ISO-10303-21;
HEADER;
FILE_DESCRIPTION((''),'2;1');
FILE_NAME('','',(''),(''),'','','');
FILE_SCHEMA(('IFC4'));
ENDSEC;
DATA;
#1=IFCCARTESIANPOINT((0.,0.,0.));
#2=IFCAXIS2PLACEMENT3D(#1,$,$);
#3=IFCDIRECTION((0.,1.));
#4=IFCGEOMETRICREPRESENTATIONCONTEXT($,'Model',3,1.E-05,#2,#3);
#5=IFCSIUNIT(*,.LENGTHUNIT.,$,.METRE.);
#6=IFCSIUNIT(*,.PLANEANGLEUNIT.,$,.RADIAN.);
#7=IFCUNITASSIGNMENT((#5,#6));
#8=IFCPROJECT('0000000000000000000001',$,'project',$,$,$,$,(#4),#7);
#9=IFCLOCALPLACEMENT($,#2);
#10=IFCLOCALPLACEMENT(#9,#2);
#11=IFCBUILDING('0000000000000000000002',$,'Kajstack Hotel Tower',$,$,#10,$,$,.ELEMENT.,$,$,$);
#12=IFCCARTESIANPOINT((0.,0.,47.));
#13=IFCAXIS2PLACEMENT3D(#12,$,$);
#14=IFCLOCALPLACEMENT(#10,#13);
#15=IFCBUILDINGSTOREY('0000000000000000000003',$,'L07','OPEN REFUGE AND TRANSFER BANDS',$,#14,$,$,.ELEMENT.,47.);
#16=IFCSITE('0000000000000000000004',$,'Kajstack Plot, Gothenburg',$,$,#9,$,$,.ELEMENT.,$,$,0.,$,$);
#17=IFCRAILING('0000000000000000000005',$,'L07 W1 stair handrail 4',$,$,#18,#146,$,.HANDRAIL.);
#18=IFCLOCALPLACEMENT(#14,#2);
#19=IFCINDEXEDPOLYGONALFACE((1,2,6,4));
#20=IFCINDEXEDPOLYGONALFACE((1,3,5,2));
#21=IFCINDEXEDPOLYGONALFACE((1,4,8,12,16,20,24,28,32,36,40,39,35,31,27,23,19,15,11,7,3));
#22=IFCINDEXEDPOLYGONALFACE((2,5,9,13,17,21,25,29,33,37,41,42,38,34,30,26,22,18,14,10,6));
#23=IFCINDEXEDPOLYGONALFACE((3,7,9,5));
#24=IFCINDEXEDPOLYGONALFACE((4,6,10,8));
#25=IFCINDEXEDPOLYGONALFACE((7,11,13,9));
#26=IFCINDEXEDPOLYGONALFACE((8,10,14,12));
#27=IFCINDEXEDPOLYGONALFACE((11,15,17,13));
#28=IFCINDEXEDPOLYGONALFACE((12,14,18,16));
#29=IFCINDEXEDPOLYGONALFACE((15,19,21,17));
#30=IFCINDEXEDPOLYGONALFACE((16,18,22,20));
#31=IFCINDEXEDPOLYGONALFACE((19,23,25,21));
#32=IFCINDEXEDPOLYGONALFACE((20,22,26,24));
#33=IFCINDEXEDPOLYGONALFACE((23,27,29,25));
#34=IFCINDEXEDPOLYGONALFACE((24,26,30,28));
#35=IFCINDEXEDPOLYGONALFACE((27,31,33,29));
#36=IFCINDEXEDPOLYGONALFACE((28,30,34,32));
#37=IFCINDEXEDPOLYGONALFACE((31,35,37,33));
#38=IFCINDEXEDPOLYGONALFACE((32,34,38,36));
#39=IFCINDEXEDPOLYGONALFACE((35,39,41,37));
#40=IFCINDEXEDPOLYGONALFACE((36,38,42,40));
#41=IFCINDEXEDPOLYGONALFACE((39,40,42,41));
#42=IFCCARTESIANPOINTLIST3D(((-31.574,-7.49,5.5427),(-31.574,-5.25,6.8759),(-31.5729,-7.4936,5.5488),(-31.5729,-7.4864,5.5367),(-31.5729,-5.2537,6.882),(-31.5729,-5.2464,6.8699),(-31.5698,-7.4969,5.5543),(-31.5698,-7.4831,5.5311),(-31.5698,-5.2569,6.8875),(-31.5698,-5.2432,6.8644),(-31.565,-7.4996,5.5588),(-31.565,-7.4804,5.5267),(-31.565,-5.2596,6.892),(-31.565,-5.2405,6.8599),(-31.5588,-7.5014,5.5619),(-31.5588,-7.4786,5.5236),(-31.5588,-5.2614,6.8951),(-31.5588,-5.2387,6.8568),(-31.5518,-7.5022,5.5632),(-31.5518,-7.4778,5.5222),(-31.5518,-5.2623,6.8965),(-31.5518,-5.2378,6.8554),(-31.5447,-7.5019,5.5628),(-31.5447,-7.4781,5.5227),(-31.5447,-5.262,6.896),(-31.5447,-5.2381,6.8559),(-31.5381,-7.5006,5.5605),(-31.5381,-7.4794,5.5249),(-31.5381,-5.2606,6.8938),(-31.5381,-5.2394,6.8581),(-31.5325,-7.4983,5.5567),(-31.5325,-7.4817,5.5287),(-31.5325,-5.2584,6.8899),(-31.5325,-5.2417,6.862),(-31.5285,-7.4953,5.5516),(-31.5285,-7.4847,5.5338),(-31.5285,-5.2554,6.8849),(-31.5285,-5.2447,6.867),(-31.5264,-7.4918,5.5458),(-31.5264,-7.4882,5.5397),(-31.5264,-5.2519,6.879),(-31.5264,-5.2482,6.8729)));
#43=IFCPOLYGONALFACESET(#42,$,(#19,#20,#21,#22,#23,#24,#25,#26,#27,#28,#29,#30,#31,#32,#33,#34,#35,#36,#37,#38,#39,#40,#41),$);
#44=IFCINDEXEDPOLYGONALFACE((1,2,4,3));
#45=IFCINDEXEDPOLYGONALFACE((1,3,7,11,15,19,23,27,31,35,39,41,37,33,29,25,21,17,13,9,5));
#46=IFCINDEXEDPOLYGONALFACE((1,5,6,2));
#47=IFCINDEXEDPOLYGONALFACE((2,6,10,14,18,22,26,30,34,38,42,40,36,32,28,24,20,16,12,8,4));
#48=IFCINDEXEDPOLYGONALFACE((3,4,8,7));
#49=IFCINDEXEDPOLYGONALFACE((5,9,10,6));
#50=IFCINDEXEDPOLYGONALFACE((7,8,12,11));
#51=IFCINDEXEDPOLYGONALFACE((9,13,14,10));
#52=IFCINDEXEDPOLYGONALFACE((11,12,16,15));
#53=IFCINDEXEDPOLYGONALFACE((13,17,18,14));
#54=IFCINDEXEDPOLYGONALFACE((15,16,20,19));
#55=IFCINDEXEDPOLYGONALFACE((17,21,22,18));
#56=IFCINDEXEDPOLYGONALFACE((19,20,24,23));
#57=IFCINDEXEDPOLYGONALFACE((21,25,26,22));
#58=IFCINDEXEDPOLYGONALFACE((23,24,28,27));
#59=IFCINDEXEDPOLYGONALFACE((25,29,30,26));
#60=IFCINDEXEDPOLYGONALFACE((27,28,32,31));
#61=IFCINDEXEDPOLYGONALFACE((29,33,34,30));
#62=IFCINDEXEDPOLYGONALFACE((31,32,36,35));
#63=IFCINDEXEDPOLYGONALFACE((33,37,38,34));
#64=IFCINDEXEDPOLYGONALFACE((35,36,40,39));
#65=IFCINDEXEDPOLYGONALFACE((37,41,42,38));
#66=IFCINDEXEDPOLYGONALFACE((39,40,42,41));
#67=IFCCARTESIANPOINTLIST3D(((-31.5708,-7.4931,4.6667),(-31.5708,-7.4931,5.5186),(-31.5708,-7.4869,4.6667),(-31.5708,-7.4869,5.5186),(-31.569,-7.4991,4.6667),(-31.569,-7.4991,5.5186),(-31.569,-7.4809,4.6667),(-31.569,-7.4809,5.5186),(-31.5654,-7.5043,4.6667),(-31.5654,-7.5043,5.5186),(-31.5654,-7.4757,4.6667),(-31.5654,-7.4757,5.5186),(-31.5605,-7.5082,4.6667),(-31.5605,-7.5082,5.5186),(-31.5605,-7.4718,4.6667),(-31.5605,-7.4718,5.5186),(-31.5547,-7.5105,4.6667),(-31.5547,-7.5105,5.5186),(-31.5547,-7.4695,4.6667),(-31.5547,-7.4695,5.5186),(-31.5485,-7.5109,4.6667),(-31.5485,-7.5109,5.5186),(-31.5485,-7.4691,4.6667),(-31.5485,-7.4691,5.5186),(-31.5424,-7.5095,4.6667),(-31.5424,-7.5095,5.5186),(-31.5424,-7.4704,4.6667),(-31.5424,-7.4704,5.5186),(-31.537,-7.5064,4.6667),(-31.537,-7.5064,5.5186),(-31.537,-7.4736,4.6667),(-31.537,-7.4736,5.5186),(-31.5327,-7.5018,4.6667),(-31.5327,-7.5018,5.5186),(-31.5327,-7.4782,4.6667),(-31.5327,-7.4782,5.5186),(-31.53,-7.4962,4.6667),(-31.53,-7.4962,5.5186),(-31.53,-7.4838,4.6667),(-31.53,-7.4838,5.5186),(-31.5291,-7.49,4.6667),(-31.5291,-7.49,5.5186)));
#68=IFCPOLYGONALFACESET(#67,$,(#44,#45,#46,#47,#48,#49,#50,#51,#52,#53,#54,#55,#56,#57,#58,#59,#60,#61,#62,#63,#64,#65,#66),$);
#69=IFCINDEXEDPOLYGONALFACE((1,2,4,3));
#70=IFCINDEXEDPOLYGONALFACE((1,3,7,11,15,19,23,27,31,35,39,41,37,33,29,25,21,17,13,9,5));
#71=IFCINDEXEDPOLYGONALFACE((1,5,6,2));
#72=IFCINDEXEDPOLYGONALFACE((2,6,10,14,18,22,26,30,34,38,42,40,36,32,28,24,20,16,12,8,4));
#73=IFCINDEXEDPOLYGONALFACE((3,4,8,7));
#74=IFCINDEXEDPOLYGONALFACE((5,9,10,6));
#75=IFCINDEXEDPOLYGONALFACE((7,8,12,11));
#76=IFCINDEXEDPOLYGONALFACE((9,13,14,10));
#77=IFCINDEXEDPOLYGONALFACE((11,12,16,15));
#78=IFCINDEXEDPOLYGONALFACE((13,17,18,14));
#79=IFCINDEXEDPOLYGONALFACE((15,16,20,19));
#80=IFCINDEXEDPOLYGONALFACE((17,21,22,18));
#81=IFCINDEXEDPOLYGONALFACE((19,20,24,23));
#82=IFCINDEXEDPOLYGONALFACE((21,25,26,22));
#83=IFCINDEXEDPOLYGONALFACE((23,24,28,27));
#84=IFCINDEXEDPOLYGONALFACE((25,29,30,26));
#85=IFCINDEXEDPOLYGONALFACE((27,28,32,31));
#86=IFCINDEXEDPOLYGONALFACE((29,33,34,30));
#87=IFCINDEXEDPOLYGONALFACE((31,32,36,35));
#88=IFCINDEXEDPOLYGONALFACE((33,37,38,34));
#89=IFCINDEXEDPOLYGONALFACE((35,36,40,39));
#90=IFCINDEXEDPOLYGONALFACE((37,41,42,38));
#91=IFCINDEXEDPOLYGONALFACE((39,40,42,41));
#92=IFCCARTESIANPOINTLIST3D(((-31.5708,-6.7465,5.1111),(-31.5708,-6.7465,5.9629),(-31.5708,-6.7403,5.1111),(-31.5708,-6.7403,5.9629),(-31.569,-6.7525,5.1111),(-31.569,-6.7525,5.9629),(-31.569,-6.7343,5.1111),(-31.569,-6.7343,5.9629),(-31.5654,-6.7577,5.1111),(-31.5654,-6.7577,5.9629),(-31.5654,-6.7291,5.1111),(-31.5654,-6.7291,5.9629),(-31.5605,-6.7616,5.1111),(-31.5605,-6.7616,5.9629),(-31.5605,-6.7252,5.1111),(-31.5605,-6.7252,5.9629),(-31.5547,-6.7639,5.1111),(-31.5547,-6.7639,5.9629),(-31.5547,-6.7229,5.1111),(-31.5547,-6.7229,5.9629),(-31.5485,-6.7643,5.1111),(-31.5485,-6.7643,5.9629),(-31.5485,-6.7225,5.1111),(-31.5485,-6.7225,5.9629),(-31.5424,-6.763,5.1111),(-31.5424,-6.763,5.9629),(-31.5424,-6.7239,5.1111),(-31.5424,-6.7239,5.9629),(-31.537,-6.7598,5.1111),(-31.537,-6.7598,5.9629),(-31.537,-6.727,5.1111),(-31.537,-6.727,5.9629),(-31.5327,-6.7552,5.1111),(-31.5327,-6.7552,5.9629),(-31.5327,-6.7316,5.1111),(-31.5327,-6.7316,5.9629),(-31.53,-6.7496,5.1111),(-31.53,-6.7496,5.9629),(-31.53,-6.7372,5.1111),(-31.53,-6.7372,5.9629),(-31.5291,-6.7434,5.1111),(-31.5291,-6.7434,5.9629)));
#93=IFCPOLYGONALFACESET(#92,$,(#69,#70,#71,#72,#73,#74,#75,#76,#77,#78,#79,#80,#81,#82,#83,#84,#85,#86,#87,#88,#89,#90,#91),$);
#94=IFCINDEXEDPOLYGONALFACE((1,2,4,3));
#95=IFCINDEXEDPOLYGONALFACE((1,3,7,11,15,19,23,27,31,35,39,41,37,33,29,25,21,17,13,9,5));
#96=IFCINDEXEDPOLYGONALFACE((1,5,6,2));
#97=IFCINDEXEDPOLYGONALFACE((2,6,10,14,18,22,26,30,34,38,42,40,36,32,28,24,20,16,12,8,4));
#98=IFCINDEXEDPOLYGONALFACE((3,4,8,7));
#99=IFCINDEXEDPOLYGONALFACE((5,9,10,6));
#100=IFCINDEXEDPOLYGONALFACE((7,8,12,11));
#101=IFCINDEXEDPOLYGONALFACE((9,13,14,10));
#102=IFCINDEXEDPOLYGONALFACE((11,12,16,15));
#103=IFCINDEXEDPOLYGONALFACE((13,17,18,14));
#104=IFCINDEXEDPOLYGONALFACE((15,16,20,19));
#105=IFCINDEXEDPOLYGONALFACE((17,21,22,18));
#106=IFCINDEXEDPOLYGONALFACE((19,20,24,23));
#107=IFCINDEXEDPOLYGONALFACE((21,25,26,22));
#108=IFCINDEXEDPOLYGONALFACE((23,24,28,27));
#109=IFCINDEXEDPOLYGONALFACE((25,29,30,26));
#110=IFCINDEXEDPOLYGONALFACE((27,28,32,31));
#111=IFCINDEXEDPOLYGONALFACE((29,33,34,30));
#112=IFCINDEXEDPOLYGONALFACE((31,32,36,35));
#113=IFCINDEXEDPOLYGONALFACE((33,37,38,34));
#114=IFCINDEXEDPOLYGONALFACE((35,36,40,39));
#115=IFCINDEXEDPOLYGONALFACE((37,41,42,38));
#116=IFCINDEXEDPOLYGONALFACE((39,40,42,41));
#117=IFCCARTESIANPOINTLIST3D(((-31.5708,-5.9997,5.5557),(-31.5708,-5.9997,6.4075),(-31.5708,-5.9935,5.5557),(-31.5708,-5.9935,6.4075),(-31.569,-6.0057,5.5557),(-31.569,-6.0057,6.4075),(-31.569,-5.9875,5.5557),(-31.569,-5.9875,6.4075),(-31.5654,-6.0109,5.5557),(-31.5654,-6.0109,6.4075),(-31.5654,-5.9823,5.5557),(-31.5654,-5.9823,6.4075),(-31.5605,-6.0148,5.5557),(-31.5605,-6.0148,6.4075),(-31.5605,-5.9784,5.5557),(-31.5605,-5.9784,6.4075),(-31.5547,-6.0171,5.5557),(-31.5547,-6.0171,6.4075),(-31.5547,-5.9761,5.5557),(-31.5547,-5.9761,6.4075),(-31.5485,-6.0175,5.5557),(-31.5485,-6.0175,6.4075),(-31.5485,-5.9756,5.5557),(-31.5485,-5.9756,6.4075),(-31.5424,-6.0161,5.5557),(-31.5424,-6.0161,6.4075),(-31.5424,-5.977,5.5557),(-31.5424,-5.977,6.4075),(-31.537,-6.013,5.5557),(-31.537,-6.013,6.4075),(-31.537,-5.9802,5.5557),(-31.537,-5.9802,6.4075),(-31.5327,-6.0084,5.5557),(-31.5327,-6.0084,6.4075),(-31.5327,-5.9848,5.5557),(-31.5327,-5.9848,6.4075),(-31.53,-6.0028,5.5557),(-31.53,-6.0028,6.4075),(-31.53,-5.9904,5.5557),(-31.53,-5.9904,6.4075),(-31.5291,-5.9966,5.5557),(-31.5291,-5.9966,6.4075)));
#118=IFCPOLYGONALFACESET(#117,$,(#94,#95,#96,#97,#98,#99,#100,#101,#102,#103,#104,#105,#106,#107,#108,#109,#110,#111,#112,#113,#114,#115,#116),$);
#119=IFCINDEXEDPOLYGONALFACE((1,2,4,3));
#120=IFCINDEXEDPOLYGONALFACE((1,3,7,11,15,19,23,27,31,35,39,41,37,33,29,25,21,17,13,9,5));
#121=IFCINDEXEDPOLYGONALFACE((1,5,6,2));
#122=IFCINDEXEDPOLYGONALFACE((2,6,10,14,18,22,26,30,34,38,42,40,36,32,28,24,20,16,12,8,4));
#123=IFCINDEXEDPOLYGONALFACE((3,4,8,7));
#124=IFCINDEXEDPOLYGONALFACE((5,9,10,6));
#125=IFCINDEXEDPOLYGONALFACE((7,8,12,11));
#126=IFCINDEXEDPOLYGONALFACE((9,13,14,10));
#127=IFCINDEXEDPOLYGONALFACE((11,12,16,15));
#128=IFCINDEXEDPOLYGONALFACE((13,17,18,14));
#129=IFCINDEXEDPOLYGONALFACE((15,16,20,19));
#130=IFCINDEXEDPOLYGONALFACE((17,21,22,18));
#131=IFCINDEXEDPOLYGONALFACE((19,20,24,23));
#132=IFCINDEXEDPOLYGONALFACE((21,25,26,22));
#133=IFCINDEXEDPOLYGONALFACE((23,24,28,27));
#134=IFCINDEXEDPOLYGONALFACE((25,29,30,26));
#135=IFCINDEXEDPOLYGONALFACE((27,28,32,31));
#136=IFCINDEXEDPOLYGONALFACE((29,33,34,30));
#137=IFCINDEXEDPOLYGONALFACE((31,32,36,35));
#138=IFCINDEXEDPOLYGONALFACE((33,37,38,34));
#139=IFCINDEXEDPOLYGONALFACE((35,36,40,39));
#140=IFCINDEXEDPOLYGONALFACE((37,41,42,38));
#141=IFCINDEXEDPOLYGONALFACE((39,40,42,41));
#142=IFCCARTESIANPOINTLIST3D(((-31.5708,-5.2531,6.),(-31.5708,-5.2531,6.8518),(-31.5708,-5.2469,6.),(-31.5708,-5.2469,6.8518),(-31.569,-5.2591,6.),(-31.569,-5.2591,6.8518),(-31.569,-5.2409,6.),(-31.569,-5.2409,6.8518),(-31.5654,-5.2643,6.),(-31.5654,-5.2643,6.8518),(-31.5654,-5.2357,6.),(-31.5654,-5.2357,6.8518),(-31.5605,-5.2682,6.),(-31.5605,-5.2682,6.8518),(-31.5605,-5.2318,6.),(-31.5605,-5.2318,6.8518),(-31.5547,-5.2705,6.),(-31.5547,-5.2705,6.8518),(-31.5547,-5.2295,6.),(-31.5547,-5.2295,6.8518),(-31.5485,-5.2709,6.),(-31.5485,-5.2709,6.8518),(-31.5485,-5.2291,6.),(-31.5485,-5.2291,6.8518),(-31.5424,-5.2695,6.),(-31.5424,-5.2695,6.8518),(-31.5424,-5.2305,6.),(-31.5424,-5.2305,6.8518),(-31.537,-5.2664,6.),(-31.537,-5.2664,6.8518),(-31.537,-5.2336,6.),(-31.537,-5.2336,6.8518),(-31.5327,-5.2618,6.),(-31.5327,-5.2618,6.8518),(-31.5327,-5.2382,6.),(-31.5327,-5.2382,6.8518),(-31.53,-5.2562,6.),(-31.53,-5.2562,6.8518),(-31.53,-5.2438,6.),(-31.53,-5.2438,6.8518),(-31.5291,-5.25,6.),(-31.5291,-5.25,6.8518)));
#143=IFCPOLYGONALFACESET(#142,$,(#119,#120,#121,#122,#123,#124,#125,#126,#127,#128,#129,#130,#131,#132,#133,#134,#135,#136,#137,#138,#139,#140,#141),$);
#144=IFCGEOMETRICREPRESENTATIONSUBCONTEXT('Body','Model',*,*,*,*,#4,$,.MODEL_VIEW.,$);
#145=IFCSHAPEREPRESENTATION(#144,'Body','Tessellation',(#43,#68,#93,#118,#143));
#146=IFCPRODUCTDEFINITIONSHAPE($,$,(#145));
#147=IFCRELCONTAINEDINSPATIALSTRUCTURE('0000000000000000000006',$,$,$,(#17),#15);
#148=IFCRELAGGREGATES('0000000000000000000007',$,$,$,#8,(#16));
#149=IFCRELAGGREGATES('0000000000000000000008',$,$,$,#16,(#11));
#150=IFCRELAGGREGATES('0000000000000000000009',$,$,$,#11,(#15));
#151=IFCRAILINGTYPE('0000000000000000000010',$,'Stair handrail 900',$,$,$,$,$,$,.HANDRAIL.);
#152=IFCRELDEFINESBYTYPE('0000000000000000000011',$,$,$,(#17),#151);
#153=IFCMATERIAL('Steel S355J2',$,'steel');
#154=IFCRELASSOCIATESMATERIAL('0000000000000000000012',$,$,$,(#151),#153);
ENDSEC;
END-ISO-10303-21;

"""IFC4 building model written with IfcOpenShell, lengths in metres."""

from ifc_helpers import new_model, si_unit, direction, frame, origin, origin_2d, place, context, subcontext, project, spatial, circle, extrude, material, type_object, element, save


model = new_model("IFC4")

# Units and contexts
model_context = context("Model", 3, precision=1e-05, world=origin(), true_north=direction((0.0, 1.0)))
body_context = subcontext(model_context, "Body", "Model", "MODEL_VIEW")
ifc_project = project(units=[si_unit("LENGTHUNIT", "METRE"), si_unit("PLANEANGLEUNIT", "RADIAN")], contexts=[model_context])

# Site, building, storey
site_placement = place(None, origin())
site = spatial("IfcSite", under=ifc_project, at=site_placement, Name="Kajstack Plot, Gothenburg", CompositionType="ELEMENT", RefElevation=0.0)
building_placement = place(site_placement, origin())
building = spatial("IfcBuilding", under=site, at=building_placement, Name="Kajstack Hotel Tower", CompositionType="ELEMENT")
storey_placement = place(building_placement, frame((0.0, 0.0, 47.0)))
storey = spatial("IfcBuildingStorey", under=building, at=storey_placement, Name="L07", Description="OPEN REFUGE AND TRANSFER BANDS", CompositionType="ELEMENT", Elevation=47.0)

# Railing
ifc_material_1 = material(Name="Steel S355J2", Category="steel")
railing_type_1 = type_object("IfcRailingType", Name="Stair handrail 900", PredefinedType="HANDRAIL", material=ifc_material_1)
for number, where, name in (
    (1, (-31.55, -7.49, 4.6667), "L07 W1 stair handrail 4"),
):
    element("IfcRailing", number, at=place(storey_placement, frame(where)), inside=storey, type_object=railing_type_1, Name=name, PredefinedType="HANDRAIL", context=body_context, shape_type="SweptSolid", body=[
        extrude(circle(Radius=0.0239, at=origin_2d()), frame((0.0, 0.0, 0.876), z_axis=(0.0, 0.859306, 0.511462), x_axis=(-1.0, 0.0, 0.0)), (0.0, 0.0, 1.0), 2.6067),
        extrude(circle(Radius=0.021, at=origin_2d()), origin(), (0.0, 0.0, 1.0), 0.8518),
        extrude(circle(Radius=0.021, at=origin_2d()), frame((0.0, 0.7466, 0.4443)), (0.0, 0.0, 1.0), 0.8518),
        extrude(circle(Radius=0.021, at=origin_2d()), frame((0.0, 1.4934, 0.8889)), (0.0, 0.0, 1.0), 0.8518),
        extrude(circle(Radius=0.021, at=origin_2d()), frame((0.0, 2.24, 1.3333)), (0.0, 0.0, 1.0), 0.8518),
    ])

save(model, "model.ifc")
